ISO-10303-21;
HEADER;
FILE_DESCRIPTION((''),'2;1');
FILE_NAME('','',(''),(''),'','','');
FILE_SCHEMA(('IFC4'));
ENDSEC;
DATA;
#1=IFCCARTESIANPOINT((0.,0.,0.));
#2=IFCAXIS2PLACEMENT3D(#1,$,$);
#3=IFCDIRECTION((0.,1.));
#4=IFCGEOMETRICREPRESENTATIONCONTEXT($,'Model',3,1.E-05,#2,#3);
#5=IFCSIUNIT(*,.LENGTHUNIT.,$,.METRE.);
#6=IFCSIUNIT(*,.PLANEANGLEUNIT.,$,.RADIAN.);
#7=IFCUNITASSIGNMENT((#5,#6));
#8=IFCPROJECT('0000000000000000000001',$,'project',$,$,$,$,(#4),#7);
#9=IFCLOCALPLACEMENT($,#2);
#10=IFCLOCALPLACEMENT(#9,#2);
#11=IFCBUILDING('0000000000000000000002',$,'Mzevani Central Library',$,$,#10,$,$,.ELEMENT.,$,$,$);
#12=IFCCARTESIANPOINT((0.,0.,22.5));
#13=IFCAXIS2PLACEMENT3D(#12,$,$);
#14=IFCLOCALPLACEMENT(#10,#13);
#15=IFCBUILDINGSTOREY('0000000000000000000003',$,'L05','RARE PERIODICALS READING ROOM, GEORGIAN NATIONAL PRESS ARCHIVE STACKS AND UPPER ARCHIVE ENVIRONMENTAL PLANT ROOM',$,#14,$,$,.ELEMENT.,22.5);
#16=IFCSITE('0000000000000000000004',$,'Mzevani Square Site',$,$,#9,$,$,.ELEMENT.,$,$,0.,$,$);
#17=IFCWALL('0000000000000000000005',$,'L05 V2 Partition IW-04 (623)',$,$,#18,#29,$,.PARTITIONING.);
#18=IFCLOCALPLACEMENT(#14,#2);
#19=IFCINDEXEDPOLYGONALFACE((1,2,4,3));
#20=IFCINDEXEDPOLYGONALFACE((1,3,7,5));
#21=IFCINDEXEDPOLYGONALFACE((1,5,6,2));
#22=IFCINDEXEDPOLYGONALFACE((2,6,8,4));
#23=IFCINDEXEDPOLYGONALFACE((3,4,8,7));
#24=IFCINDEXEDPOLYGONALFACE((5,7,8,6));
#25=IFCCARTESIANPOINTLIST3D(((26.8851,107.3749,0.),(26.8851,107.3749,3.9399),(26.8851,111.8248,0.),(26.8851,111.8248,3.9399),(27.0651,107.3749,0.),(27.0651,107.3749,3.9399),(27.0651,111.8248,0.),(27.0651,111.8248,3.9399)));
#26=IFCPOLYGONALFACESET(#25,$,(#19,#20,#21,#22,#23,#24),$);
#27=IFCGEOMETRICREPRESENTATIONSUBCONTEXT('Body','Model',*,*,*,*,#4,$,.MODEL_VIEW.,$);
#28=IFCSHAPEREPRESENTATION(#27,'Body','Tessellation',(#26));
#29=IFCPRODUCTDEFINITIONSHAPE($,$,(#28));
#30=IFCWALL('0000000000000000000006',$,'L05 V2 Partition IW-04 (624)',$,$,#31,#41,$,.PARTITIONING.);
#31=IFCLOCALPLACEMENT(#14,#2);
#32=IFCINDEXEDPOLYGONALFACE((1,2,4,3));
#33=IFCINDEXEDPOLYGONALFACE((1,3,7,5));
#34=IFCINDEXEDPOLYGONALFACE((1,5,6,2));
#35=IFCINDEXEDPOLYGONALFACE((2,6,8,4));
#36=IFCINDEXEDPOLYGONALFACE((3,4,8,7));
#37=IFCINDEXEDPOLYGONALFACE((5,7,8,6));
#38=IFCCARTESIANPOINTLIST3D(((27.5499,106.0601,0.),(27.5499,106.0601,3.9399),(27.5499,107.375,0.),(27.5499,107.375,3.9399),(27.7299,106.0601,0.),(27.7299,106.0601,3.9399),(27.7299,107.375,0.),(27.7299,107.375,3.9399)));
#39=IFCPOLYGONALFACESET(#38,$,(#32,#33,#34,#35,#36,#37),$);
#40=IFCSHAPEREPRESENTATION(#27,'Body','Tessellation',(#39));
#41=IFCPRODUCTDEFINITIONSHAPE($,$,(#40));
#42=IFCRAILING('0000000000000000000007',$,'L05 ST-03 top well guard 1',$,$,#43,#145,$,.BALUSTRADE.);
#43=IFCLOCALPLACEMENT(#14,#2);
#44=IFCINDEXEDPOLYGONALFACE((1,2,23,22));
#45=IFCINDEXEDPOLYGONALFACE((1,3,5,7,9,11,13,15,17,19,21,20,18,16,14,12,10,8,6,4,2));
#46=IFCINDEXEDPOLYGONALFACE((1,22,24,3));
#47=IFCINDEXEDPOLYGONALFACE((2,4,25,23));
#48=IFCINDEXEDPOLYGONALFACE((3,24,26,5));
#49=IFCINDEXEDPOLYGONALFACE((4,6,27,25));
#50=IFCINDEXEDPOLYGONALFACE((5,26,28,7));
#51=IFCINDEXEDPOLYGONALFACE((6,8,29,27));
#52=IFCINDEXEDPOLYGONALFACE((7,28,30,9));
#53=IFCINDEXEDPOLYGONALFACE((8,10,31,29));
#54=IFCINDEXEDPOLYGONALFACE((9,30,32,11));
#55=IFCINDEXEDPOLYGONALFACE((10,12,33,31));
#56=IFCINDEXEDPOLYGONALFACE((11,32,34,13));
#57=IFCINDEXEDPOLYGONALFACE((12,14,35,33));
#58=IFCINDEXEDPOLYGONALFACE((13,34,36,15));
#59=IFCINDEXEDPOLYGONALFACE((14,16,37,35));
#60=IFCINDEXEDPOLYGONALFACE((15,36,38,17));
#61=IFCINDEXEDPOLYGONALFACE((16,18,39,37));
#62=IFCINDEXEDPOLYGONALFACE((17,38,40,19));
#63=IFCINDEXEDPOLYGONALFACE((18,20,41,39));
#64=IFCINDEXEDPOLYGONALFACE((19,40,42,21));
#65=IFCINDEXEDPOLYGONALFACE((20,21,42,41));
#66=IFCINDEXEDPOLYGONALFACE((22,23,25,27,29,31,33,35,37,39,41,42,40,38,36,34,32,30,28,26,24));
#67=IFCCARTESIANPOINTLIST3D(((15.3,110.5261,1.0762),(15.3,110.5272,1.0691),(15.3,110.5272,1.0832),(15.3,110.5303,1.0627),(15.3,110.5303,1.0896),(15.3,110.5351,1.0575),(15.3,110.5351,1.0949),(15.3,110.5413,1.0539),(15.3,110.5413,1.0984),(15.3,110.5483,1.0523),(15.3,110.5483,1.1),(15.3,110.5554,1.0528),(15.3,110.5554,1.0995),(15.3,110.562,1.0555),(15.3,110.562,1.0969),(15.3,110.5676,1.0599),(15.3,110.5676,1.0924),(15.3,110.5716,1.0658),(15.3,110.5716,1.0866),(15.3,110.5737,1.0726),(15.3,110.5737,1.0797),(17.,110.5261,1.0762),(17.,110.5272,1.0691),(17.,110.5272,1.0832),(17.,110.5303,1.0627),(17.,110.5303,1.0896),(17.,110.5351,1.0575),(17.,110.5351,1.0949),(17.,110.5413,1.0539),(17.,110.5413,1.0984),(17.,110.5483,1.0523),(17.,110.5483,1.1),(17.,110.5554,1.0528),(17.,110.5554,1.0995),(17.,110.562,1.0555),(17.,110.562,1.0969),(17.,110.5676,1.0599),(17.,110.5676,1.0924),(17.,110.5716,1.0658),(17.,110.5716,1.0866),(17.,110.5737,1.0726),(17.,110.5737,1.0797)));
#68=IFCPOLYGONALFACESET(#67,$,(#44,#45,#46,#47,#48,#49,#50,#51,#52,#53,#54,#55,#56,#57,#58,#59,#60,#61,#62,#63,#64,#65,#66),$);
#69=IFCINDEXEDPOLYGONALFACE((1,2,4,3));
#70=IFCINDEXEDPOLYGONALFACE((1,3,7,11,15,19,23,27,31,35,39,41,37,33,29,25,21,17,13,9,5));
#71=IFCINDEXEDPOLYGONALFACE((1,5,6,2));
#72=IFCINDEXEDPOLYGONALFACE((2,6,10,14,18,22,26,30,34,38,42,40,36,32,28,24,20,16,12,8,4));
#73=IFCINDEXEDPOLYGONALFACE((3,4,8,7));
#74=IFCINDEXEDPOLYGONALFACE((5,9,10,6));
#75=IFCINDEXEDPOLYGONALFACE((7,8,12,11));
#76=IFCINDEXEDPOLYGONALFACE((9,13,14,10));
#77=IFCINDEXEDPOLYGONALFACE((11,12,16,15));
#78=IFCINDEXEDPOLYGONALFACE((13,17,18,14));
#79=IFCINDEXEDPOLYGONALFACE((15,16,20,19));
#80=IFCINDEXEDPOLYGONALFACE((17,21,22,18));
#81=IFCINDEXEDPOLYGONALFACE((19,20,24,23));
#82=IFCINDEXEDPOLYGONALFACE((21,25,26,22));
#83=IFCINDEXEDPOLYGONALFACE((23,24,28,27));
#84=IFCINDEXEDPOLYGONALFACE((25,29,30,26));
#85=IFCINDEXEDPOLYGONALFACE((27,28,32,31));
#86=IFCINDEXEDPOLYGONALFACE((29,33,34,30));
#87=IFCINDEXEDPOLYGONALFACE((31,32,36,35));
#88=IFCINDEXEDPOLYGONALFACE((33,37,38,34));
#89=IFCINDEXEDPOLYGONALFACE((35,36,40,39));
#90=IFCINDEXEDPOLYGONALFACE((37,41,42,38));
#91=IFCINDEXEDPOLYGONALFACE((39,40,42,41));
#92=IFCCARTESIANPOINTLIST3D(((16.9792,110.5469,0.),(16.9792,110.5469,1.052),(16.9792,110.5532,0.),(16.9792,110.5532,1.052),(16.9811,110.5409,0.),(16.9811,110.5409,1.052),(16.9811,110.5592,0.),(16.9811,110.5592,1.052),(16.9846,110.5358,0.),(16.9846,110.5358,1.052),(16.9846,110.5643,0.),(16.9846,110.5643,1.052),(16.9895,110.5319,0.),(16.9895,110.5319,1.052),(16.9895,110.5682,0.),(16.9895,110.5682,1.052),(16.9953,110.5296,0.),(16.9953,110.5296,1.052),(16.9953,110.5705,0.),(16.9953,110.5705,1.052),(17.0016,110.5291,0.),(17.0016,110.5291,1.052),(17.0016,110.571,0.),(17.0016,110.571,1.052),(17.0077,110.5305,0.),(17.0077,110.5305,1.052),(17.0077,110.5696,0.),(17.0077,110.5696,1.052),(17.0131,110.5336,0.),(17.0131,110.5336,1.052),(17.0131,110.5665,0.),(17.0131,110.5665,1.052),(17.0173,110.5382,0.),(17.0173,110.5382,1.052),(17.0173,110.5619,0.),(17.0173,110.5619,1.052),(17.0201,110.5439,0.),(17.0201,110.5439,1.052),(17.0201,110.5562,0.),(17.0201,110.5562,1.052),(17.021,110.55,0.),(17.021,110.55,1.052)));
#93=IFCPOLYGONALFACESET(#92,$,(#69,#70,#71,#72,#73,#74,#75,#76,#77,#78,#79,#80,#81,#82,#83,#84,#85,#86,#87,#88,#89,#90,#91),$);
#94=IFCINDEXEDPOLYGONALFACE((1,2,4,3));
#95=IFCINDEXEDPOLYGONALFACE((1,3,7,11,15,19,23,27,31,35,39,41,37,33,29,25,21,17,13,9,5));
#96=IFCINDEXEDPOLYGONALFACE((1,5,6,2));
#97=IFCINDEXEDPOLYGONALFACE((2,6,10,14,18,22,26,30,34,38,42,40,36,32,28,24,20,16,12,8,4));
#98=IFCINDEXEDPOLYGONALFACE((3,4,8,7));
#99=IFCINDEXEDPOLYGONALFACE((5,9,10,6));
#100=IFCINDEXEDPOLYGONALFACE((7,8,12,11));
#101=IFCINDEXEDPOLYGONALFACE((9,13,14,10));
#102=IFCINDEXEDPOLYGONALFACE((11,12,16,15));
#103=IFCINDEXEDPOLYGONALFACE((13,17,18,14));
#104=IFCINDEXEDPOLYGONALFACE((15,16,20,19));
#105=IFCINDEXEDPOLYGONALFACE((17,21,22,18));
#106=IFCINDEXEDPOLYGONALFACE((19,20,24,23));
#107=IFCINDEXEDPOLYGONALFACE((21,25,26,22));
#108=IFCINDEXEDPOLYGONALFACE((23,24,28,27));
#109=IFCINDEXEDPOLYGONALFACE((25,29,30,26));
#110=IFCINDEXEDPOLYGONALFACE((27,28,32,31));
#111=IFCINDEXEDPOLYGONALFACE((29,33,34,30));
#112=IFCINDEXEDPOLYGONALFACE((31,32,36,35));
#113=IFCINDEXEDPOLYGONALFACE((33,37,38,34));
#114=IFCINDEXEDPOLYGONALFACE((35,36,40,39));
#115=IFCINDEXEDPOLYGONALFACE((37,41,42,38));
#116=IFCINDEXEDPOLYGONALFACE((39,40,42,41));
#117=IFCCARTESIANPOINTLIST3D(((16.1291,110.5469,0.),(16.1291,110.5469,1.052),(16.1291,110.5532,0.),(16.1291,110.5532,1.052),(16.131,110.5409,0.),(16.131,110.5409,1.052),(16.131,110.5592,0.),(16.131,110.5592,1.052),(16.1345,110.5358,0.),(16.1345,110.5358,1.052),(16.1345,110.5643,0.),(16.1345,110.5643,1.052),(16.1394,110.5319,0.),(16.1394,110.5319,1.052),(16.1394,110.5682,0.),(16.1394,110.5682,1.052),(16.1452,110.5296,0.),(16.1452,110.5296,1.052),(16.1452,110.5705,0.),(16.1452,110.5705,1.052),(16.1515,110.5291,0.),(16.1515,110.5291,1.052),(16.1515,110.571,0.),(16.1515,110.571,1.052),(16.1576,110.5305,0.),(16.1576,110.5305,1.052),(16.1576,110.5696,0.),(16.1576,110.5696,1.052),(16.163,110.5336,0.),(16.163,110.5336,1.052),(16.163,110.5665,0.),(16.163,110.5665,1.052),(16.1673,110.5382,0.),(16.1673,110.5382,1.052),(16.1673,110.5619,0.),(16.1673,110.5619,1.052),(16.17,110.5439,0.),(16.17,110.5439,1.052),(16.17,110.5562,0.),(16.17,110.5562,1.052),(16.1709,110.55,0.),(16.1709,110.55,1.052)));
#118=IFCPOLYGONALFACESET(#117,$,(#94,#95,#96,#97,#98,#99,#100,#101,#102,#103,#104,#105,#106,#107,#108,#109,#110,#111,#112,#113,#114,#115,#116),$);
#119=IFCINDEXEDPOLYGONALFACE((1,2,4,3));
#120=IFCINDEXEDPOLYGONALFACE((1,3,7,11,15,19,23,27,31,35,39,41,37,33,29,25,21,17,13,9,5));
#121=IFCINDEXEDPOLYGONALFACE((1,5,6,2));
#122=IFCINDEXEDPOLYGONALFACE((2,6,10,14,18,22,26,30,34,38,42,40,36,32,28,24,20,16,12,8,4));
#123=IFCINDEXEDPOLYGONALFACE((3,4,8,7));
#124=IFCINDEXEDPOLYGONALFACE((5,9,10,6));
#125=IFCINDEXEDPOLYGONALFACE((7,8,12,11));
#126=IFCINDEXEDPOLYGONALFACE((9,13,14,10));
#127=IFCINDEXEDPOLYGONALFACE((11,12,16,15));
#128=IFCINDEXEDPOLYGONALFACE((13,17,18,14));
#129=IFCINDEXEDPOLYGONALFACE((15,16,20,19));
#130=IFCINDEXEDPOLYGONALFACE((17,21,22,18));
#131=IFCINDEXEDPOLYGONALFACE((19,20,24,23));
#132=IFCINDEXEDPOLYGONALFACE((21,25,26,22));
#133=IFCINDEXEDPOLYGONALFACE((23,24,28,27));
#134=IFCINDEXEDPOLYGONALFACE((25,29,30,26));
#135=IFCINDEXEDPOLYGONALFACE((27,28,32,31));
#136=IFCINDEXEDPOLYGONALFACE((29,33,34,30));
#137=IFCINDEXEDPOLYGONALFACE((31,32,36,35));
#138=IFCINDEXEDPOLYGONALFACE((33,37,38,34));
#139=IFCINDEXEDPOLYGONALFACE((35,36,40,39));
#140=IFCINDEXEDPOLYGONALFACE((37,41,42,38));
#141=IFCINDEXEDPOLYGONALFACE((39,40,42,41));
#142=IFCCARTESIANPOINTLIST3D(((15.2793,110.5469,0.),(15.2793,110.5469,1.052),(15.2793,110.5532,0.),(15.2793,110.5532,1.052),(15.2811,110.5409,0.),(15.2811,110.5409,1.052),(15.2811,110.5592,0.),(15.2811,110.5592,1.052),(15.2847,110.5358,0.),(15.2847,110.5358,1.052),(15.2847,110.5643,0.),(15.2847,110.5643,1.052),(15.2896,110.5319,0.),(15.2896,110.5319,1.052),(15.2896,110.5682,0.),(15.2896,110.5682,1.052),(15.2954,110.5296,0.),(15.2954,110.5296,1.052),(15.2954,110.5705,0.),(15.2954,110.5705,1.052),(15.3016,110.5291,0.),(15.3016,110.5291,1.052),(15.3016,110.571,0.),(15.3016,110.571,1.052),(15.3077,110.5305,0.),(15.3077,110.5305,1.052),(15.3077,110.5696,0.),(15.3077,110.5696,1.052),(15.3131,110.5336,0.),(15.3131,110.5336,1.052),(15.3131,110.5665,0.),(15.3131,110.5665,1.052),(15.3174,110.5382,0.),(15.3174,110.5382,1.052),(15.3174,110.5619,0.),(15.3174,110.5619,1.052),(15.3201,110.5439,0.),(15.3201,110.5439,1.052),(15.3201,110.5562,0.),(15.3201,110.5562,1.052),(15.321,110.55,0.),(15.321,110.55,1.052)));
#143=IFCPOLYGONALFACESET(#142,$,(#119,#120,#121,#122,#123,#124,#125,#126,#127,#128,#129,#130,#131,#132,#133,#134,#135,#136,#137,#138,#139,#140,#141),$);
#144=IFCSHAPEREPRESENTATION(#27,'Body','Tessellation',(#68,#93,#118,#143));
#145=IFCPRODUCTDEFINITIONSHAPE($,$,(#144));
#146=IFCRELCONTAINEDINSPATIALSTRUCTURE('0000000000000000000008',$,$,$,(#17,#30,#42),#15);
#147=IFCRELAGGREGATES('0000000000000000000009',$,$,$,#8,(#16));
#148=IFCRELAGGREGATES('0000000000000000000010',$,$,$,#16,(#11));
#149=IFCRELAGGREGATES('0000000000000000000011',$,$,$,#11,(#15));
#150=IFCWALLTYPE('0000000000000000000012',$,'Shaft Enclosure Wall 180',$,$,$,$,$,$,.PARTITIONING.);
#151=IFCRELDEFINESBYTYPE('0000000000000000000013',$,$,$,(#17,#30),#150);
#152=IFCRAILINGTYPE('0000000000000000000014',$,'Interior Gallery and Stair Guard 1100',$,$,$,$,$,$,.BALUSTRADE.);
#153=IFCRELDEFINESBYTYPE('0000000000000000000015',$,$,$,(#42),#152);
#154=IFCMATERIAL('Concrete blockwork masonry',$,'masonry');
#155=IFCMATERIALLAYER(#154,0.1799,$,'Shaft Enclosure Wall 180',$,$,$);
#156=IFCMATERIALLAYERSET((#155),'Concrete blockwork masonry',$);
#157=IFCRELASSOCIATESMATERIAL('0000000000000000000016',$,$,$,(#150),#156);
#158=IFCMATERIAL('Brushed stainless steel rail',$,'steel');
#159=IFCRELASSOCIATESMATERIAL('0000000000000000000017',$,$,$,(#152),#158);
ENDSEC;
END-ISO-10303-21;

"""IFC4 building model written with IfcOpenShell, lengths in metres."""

from ifc_helpers import new_model, si_unit, direction, frame, frame_2d, origin, origin_2d, place, context, subcontext, project, spatial, rectangle, circle, extrude, material, layer, layer_set, type_object, element, save


model = new_model("IFC4")

# Units and contexts
model_context = context("Model", 3, precision=1e-05, world=origin(), true_north=direction((0.0, 1.0)))
body_context = subcontext(model_context, "Body", "Model", "MODEL_VIEW")
ifc_project = project(units=[si_unit("LENGTHUNIT", "METRE"), si_unit("PLANEANGLEUNIT", "RADIAN")], contexts=[model_context])

# Site, building, storey
site_placement = place(None, origin())
site = spatial("IfcSite", under=ifc_project, at=site_placement, Name="Mzevani Square Site", CompositionType="ELEMENT", RefElevation=0.0)
building_placement = place(site_placement, origin())
building = spatial("IfcBuilding", under=site, at=building_placement, Name="Mzevani Central Library", CompositionType="ELEMENT")
storey_placement = place(building_placement, frame((0.0, 0.0, 22.5)))
storey = spatial("IfcBuildingStorey", under=building, at=storey_placement, Name="L05", Description="RARE PERIODICALS READING ROOM, GEORGIAN NATIONAL PRESS ARCHIVE STACKS AND UPPER ARCHIVE ENVIRONMENTAL PLANT ROOM", CompositionType="ELEMENT", Elevation=22.5)

# Walls
ifc_material_1 = material(Name="Concrete blockwork masonry", Category="masonry")
ifc_layer_1 = layer(ifc_material_1, 0.1799, Name="Shaft Enclosure Wall 180")
ifc_layer_set_1 = layer_set([ifc_layer_1], Name="Concrete blockwork masonry")
wall_type_1 = type_object("IfcWallType", Name="Shaft Enclosure Wall 180", PredefinedType="PARTITIONING", material=ifc_layer_set_1)
wall_1_placement = place(storey_placement, frame((26.9751, 111.825, 0.0), z_axis=(0.0, 0.0, 1.0), x_axis=(0.0, -1.0, 0.0)))
element("IfcWall", 1, at=wall_1_placement, inside=storey, type_object=wall_type_1, Name="L05 V2 Partition IW-04 (623)", PredefinedType="PARTITIONING", context=body_context, shape_type="SweptSolid", body=[
    extrude(rectangle(XDim=4.45, YDim=0.1799, at=frame_2d((2.2251, 0.0))), origin(), (0.0, 0.0, 1.0), 3.9399),
])
wall_2_placement = place(storey_placement, frame((27.6399, 107.375, 0.0), z_axis=(0.0, 0.0, 1.0), x_axis=(0.0, -1.0, 0.0)))
element("IfcWall", 2, at=wall_2_placement, inside=storey, type_object=wall_type_1, Name="L05 V2 Partition IW-04 (624)", PredefinedType="PARTITIONING", context=body_context, shape_type="SweptSolid", body=[
    extrude(rectangle(XDim=1.3149, YDim=0.1799, at=frame_2d((0.6575, 0.0))), origin(), (0.0, 0.0, 1.0), 3.9399),
])

# Railing
ifc_material_2 = material(Name="Brushed stainless steel rail", Category="steel")
railing_type = type_object("IfcRailingType", Name="Interior Gallery and Stair Guard 1100", PredefinedType="BALUSTRADE", material=ifc_material_2)
railing_1_placement = place(storey_placement, frame((17.0, 110.55, 0.0)))
element("IfcRailing", 3, at=railing_1_placement, inside=storey, type_object=railing_type, Name="L05 ST-03 top well guard 1", PredefinedType="BALUSTRADE", context=body_context, shape_type="SweptSolid", body=[
    extrude(circle(Radius=0.0239, at=origin_2d()), frame((0.0, 0.0, 1.0762), z_axis=(-1.0, 0.0, 0.0), x_axis=(0.0, -1.0, 0.0)), (0.0, 0.0, 1.0), 1.7),
    extrude(circle(Radius=0.021, at=origin_2d()), origin(), (0.0, 0.0, 1.0), 1.052),
    extrude(circle(Radius=0.021, at=origin_2d()), frame((-0.8501, 0.0, 0.0)), (0.0, 0.0, 1.0), 1.052),
    extrude(circle(Radius=0.021, at=origin_2d()), frame((-1.7, 0.0, 0.0)), (0.0, 0.0, 1.0), 1.052),
])

save(model, "model.ifc")
